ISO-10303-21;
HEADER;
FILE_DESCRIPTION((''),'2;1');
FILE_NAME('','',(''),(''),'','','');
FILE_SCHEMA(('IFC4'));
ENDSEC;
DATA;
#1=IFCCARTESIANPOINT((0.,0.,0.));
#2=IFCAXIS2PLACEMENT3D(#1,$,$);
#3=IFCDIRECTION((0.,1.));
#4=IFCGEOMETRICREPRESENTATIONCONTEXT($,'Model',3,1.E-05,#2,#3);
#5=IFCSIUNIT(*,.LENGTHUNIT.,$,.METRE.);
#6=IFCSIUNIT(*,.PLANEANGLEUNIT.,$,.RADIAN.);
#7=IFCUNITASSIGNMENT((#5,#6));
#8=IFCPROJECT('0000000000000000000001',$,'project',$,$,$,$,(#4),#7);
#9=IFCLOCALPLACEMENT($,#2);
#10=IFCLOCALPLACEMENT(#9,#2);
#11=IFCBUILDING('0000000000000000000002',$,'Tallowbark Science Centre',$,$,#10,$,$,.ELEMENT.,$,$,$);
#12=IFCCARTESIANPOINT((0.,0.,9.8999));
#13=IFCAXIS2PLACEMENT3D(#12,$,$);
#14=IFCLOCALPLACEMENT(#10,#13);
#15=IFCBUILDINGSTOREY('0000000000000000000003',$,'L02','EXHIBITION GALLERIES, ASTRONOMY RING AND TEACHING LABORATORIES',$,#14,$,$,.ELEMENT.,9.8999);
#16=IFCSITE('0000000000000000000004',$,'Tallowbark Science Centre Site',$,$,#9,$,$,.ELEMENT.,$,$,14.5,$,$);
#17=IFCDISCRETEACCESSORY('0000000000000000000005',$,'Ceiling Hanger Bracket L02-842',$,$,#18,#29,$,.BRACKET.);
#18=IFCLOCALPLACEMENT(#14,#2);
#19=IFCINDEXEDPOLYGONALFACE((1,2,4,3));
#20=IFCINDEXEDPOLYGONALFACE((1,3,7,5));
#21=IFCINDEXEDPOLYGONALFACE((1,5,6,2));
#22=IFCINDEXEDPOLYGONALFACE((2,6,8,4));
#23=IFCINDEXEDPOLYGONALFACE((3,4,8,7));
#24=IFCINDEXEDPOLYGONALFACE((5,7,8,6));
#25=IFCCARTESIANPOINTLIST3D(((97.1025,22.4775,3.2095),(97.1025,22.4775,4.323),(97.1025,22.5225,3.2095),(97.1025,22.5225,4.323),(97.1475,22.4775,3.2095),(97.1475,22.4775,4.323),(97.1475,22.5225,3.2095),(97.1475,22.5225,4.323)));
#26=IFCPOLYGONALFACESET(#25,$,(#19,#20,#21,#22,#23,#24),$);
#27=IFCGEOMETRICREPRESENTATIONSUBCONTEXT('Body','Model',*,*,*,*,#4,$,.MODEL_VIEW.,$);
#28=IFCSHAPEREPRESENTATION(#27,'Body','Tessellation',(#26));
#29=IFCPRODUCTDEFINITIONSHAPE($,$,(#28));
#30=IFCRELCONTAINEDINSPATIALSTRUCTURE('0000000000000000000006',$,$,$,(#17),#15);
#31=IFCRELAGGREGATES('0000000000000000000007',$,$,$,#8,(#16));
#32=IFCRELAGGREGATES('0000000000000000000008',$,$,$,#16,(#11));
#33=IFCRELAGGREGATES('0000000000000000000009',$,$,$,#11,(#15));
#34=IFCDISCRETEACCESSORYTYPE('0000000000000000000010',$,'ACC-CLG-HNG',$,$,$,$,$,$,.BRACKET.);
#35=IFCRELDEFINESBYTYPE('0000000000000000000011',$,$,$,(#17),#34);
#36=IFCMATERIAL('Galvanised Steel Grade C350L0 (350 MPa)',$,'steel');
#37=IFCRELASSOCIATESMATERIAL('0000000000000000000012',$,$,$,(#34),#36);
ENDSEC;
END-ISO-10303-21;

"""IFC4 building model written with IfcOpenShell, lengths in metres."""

from ifc_helpers import new_model, si_unit, direction, frame, origin, origin_2d, place, context, subcontext, project, spatial, rectangle, extrude, material, type_object, element, save


model = new_model("IFC4")

# Units and contexts
model_context = context("Model", 3, precision=1e-05, world=origin(), true_north=direction((0.0, 1.0)))
body_context = subcontext(model_context, "Body", "Model", "MODEL_VIEW")
ifc_project = project(units=[si_unit("LENGTHUNIT", "METRE"), si_unit("PLANEANGLEUNIT", "RADIAN")], contexts=[model_context])

# Site, building, storey
site_placement = place(None, origin())
site = spatial("IfcSite", under=ifc_project, at=site_placement, Name="Tallowbark Science Centre Site", CompositionType="ELEMENT", RefElevation=14.5)
building_placement = place(site_placement, origin())
building = spatial("IfcBuilding", under=site, at=building_placement, Name="Tallowbark Science Centre", CompositionType="ELEMENT")
storey_placement = place(building_placement, frame((0.0, 0.0, 9.8999)))
storey = spatial("IfcBuildingStorey", under=building, at=storey_placement, Name="L02", Description="EXHIBITION GALLERIES, ASTRONOMY RING AND TEACHING LABORATORIES", CompositionType="ELEMENT", Elevation=9.8999)

# Discrete accessory
ifc_material_1 = material(Name="Galvanised Steel Grade C350L0 (350 MPa)", Category="steel")
discrete_accessory_type = type_object("IfcDiscreteAccessoryType", Name="ACC-CLG-HNG", PredefinedType="BRACKET", material=ifc_material_1)
for number, where, z_axis, x_axis, name in (
    (1, (97.125, 22.5, 3.2095), (0.0, 0.0, 1.0), (1.0, 0.0, 0.0), "Ceiling Hanger Bracket L02-842"),
):
    element("IfcDiscreteAccessory", number, at=place(storey_placement, frame(where, z_axis=z_axis, x_axis=x_axis)), inside=storey, type_object=discrete_accessory_type, Name=name, PredefinedType="BRACKET", context=body_context, shape_type="SweptSolid", body=[
        extrude(rectangle(XDim=0.0449, YDim=0.0449, at=origin_2d()), origin(), (0.0, 0.0, 1.0), 1.1135),
    ])

save(model, "model.ifc")
